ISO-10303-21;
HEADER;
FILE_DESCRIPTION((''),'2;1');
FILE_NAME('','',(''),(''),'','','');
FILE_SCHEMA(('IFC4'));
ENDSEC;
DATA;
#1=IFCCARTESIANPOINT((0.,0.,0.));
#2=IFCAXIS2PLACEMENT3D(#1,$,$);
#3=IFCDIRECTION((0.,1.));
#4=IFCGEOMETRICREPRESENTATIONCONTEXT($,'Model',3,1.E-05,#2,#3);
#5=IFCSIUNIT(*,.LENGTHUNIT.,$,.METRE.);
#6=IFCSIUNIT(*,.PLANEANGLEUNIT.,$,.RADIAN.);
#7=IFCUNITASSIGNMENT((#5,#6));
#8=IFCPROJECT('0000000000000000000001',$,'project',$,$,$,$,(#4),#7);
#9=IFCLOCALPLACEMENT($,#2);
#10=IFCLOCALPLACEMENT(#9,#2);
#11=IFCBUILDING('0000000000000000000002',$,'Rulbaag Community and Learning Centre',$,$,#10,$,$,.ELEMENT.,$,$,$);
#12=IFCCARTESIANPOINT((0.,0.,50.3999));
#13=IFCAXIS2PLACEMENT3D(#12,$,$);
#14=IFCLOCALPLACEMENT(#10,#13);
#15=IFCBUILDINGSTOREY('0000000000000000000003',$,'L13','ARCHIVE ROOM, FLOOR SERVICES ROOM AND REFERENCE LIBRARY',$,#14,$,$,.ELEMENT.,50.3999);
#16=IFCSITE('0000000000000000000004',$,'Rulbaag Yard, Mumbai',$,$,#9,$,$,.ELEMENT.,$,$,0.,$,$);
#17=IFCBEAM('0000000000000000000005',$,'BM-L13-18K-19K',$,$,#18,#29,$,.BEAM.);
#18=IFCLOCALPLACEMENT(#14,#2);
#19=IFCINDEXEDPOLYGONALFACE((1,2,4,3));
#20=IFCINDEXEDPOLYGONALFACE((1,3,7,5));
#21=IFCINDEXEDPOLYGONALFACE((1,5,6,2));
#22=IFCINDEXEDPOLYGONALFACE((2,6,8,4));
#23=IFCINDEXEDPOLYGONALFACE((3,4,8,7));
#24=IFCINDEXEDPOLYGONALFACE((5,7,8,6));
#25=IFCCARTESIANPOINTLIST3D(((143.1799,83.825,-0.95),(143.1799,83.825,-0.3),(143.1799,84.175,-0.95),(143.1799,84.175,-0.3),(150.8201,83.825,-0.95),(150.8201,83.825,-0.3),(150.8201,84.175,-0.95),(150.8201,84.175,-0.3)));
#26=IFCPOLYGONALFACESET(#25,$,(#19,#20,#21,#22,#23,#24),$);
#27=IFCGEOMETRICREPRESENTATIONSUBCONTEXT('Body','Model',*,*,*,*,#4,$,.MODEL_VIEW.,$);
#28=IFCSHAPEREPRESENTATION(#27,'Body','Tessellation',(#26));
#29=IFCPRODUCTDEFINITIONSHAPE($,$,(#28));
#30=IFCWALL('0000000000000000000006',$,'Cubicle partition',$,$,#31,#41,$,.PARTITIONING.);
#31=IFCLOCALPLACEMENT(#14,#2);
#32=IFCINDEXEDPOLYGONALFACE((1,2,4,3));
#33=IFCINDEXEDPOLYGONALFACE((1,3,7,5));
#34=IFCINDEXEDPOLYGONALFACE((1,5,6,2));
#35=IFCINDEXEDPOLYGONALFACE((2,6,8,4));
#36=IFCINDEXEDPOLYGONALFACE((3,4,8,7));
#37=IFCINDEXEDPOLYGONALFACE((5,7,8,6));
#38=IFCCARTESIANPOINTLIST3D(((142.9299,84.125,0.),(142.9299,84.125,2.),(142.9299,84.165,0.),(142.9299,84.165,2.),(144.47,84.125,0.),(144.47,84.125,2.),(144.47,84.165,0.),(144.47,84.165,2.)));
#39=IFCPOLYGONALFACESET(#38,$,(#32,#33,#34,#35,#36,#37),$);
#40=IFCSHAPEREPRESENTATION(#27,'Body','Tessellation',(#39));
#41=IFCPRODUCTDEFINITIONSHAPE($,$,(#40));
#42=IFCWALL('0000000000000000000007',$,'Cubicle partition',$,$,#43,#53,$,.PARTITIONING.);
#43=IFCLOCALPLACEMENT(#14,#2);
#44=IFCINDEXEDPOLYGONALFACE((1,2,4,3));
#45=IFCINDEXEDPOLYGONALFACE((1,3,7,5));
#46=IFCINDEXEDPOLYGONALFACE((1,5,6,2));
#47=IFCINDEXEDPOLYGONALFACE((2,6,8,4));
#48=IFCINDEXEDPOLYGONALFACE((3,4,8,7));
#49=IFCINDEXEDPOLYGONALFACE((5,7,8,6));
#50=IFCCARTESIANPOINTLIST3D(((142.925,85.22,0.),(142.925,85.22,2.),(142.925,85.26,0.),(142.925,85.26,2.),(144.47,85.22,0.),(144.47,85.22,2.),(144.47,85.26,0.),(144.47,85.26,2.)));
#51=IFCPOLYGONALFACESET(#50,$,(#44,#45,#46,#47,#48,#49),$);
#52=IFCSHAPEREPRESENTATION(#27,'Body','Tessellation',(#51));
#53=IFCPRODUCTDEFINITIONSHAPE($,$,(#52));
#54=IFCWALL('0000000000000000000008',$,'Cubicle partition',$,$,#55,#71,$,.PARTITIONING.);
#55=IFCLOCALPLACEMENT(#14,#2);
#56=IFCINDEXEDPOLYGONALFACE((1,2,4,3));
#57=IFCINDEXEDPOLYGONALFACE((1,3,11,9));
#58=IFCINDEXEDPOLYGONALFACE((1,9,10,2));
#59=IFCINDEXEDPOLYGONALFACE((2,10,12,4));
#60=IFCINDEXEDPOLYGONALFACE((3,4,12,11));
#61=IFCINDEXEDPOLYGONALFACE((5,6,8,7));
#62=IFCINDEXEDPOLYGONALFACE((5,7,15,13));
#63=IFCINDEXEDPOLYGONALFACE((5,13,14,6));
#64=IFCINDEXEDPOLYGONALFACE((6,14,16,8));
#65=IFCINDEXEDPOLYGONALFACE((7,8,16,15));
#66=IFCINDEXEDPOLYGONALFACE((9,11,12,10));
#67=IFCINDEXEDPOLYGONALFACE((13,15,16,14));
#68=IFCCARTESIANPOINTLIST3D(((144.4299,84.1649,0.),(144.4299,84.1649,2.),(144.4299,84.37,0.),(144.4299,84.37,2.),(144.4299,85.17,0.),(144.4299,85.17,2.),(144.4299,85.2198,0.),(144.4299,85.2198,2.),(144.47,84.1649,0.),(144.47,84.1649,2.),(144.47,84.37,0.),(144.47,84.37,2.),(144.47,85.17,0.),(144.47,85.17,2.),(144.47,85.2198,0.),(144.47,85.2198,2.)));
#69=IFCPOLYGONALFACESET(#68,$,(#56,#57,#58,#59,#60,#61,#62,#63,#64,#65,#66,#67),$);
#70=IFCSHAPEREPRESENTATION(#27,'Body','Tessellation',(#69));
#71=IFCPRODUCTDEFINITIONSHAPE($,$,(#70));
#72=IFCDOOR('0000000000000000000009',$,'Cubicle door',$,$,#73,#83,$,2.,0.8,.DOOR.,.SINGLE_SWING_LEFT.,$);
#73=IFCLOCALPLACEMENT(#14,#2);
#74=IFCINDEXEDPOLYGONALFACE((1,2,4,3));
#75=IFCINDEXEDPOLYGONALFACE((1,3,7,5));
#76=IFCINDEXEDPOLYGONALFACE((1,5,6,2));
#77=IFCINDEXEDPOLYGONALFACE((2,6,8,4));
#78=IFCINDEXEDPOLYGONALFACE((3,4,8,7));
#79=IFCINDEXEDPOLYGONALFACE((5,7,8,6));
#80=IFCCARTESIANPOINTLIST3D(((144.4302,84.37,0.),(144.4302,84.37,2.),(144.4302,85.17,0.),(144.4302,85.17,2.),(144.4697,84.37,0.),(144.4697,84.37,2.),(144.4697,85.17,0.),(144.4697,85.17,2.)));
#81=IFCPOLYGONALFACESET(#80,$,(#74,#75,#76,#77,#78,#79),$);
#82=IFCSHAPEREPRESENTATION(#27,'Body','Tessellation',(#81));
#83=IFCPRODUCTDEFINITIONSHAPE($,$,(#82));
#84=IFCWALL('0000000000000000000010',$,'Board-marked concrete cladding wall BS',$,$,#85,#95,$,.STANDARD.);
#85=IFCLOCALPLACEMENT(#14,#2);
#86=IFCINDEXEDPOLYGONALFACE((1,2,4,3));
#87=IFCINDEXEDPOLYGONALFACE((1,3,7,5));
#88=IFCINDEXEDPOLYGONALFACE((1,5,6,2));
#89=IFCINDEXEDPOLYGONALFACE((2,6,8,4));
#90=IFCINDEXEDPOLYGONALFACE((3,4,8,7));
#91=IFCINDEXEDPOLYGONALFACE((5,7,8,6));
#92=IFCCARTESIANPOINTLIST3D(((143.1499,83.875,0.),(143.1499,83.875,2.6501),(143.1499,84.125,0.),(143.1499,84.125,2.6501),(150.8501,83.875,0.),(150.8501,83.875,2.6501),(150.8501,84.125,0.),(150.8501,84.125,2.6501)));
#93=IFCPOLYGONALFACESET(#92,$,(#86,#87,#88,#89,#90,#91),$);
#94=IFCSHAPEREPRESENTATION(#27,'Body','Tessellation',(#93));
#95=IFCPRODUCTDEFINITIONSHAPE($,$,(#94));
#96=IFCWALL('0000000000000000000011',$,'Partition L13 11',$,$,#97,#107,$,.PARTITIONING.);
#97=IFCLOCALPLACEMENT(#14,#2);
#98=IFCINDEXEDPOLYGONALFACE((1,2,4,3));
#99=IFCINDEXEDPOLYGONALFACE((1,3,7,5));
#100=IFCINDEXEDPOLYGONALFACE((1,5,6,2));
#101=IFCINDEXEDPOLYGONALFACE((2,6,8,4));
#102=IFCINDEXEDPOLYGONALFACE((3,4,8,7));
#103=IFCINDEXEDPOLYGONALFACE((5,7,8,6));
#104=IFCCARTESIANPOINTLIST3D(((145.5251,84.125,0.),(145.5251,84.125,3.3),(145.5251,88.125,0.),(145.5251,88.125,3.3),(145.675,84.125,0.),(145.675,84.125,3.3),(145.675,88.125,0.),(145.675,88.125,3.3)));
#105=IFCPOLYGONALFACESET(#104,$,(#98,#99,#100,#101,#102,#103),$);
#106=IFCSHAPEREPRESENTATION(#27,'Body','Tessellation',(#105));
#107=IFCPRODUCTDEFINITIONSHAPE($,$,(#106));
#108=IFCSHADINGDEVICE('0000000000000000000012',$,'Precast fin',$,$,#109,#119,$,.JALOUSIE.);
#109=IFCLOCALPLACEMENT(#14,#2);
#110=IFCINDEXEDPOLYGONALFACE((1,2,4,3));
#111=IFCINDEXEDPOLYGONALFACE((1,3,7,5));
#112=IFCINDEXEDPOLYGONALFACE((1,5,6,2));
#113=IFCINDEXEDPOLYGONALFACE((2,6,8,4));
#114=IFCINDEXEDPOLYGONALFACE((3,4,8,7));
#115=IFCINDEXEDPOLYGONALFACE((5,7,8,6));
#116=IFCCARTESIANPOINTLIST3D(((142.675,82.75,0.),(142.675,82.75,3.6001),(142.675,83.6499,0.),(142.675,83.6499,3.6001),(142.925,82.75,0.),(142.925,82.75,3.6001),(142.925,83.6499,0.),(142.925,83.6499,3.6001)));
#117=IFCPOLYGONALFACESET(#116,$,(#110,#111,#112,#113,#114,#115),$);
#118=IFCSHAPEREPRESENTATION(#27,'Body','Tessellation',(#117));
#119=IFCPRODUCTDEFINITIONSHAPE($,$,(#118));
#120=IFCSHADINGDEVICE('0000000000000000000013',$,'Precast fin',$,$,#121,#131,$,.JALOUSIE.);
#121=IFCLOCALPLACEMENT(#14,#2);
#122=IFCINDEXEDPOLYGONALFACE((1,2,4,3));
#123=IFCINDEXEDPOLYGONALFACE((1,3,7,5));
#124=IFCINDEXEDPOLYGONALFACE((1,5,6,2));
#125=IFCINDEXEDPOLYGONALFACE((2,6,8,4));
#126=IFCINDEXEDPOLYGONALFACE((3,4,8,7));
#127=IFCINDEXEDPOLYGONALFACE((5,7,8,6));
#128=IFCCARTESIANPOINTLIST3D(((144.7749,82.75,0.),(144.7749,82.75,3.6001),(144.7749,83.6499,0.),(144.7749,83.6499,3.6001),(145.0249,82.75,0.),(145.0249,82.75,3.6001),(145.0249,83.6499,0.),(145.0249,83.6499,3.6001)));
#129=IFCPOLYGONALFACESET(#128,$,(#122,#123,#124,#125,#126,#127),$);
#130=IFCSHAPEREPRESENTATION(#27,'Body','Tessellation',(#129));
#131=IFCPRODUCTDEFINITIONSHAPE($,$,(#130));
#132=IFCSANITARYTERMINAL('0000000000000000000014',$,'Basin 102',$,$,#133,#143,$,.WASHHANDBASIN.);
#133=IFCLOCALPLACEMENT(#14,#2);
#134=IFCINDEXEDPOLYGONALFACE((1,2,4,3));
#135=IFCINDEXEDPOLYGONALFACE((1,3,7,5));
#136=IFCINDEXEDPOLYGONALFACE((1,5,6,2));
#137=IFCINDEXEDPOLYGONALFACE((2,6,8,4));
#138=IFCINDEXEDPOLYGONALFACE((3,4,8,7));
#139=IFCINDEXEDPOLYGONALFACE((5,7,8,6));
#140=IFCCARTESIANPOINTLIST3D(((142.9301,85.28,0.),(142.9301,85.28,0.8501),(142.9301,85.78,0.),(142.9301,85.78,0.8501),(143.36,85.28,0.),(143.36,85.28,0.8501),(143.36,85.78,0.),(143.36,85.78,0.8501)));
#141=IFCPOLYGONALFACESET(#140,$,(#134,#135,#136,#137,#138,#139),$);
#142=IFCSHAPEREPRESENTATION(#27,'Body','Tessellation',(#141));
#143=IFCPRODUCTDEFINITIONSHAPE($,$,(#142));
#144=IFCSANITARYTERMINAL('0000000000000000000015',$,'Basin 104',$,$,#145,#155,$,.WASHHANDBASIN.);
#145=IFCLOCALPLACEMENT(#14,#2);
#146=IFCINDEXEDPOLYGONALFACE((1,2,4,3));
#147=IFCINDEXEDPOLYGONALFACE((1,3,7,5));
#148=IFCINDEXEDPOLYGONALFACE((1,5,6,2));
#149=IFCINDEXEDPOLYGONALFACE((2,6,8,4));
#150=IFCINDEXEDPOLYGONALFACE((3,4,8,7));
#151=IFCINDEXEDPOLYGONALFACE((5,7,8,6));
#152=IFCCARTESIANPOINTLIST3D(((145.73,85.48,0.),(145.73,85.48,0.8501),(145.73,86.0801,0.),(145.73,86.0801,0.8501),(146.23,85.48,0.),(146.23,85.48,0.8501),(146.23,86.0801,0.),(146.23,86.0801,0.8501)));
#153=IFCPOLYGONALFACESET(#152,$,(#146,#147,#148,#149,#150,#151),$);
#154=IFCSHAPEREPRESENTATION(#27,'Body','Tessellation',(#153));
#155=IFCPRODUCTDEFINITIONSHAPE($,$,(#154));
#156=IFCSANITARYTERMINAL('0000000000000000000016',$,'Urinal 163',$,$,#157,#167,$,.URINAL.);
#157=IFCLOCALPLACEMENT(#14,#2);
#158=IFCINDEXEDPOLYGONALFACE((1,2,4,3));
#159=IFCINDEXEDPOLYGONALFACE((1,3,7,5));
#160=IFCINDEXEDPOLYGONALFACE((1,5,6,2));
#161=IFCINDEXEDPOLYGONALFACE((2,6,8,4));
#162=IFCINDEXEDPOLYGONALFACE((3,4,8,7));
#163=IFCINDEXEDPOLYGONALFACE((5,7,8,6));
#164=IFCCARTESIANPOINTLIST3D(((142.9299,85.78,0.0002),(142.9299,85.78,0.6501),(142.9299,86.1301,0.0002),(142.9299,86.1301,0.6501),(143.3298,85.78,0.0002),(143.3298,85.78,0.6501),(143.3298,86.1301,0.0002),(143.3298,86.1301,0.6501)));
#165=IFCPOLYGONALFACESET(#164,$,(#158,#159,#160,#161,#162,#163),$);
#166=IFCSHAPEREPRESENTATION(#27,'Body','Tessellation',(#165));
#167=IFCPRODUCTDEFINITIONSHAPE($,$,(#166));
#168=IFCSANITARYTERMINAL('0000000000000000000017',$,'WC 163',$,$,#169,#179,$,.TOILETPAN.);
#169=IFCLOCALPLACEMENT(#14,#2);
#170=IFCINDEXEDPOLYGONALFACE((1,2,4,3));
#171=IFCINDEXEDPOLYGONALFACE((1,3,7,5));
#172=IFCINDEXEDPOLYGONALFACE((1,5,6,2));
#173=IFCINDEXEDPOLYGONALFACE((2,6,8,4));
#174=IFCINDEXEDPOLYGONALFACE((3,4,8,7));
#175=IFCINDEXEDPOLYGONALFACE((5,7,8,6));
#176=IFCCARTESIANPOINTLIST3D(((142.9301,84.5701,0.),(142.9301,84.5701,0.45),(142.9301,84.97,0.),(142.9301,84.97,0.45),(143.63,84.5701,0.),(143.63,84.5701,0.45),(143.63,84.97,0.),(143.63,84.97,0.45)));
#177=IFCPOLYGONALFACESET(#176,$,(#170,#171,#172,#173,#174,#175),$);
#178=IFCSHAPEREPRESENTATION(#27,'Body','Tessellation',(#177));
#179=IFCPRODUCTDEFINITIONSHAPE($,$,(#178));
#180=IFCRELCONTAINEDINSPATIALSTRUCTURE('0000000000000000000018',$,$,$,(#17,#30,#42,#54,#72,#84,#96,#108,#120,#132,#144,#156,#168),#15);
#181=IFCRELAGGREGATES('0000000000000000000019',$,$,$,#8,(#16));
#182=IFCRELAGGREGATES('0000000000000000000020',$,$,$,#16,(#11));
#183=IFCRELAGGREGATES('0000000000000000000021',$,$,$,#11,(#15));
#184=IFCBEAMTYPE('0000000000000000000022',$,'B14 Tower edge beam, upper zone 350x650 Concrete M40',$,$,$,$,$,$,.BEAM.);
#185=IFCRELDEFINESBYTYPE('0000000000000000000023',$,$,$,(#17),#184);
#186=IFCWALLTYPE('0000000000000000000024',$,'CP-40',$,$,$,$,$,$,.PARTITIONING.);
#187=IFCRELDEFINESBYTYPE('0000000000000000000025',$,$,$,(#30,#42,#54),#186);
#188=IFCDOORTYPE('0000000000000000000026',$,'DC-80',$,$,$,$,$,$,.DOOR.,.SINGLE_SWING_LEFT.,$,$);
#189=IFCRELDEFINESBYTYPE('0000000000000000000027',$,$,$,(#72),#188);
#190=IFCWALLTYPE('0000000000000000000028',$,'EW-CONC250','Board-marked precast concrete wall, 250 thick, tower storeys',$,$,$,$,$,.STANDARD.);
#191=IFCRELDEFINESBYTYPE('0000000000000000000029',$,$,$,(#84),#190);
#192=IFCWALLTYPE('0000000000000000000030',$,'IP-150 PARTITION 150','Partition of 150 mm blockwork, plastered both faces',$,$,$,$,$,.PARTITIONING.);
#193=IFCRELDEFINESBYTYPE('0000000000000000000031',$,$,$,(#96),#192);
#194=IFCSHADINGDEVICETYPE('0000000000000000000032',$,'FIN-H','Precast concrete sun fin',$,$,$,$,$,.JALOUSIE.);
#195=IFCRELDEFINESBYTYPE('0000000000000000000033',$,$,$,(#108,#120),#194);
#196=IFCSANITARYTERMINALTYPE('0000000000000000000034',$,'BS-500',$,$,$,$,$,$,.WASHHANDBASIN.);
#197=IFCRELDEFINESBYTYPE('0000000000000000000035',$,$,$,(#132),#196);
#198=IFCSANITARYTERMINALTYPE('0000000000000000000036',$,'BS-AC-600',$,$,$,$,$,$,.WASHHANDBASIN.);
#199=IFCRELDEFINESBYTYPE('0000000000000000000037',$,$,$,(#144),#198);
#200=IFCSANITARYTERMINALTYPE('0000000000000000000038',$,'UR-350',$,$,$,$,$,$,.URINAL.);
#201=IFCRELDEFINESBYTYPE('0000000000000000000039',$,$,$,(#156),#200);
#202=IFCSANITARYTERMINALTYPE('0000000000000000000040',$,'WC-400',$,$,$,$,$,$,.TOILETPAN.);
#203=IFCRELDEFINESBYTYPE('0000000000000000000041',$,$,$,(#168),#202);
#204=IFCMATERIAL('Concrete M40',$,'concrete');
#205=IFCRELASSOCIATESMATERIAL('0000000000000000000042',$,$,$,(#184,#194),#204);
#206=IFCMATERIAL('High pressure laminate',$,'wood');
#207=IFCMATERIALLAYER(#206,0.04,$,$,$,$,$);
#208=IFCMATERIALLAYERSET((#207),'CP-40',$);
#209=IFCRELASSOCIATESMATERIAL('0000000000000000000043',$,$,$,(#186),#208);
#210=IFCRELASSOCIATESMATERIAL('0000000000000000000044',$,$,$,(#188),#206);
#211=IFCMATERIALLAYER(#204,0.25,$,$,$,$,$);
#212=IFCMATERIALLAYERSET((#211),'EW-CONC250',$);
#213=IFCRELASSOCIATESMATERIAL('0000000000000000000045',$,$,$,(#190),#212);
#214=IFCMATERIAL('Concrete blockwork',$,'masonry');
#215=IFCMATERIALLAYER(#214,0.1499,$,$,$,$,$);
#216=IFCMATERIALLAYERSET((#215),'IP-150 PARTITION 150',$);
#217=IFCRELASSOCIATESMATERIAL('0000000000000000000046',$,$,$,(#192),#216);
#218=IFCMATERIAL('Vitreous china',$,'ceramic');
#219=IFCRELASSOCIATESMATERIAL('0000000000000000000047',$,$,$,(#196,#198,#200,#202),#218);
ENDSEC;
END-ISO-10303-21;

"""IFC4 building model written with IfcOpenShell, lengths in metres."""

from ifc_helpers import new_model, si_unit, direction, frame, frame_2d, origin, origin_2d, place, context, subcontext, project, spatial, rectangle, extrude, material, layer, layer_set, material_profile, profile_set, type_object, element, fill, save


model = new_model("IFC4")

# Units and contexts
model_context = context("Model", 3, precision=1e-05, world=origin(), true_north=direction((0.0, 1.0)))
body_context = subcontext(model_context, "Body", "Model", "MODEL_VIEW")
ifc_project = project(units=[si_unit("LENGTHUNIT", "METRE"), si_unit("PLANEANGLEUNIT", "RADIAN")], contexts=[model_context])

# Site, building, storey
site_placement = place(None, origin())
site = spatial("IfcSite", under=ifc_project, at=site_placement, Name="Rulbaag Yard, Mumbai", CompositionType="ELEMENT", RefElevation=0.0)
building_placement = place(site_placement, origin())
building = spatial("IfcBuilding", under=site, at=building_placement, Name="Rulbaag Community and Learning Centre", CompositionType="ELEMENT")
storey_placement = place(building_placement, frame((0.0, 0.0, 50.3999)))
storey = spatial("IfcBuildingStorey", under=building, at=storey_placement, Name="L13", Description="ARCHIVE ROOM, FLOOR SERVICES ROOM AND REFERENCE LIBRARY", CompositionType="ELEMENT", Elevation=50.3999)

# Beam
ifc_material_1 = material(Name="Concrete M40", Category="concrete")
ifc_material_profile_1 = material_profile(ifc_material_1, rectangle(XDim=0.3501, YDim=0.6499, at=origin_2d()), Name="RB350x650")
ifc_profile_set_1 = profile_set([ifc_material_profile_1], Name="Concrete M40")
beam_type = type_object("IfcBeamType", Name="B14 Tower edge beam, upper zone 350x650 Concrete M40", PredefinedType="BEAM", material=ifc_profile_set_1)
beam_placement = place(storey_placement, frame((143.1799, 84.0, -0.625), z_axis=(1.0, 0.0, 0.0), x_axis=(0.0, 1.0, 0.0)))
element("IfcBeam", 1, at=beam_placement, inside=storey, type_object=beam_type, Name="BM-L13-18K-19K", PredefinedType="BEAM", context=body_context, shape_type="SweptSolid", body=[
    extrude(rectangle(XDim=0.3501, YDim=0.6499, at=origin_2d()), origin(), (0.0, 0.0, 1.0), 7.6401),
])

# Walls
ifc_material_2 = material(Name="High pressure laminate", Category="wood")
ifc_layer_1 = layer(ifc_material_2, 0.04)
ifc_layer_set_1 = layer_set([ifc_layer_1], Name="CP-40")
wall_type_1 = type_object("IfcWallType", Name="CP-40", PredefinedType="PARTITIONING", material=ifc_layer_set_1)
wall_1_placement = place(storey_placement, frame((142.9299, 84.145, 0.0), z_axis=(0.0, 0.0, 1.0), x_axis=(1.0, 0.0, 0.0)))
element("IfcWall", 2, at=wall_1_placement, inside=storey, type_object=wall_type_1, Name="Cubicle partition", PredefinedType="PARTITIONING", context=body_context, shape_type="SweptSolid", body=[
    extrude(rectangle(XDim=1.54, YDim=0.04, at=frame_2d((0.77, 0.0))), origin(), (0.0, 0.0, 1.0), 2.0),
])
wall_2_placement = place(storey_placement, frame((142.925, 85.24, 0.0), z_axis=(0.0, 0.0, 1.0), x_axis=(1.0, 0.0, 0.0)))
element("IfcWall", 3, at=wall_2_placement, inside=storey, type_object=wall_type_1, Name="Cubicle partition", PredefinedType="PARTITIONING", context=body_context, shape_type="SweptSolid", body=[
    extrude(rectangle(XDim=1.5449, YDim=0.04, at=frame_2d((0.7725, 0.0))), origin(), (0.0, 0.0, 1.0), 2.0),
])

# Wall, opening, door
wall_3_placement = place(storey_placement, frame((144.45, 84.165, 0.0), z_axis=(0.0, 0.0, 1.0), x_axis=(0.0, 1.0, 0.0)))
wall_3 = element("IfcWall", 4, at=wall_3_placement, inside=storey, type_object=wall_type_1, Name="Cubicle partition", PredefinedType="PARTITIONING", context=body_context, shape_type="SweptSolid", body=[
    extrude(rectangle(XDim=1.0549, YDim=0.04, at=frame_2d((0.5273, 0.0))), origin(), (0.0, 0.0, 1.0), 2.0),
])
opening_placement = place(wall_3_placement, frame((0.2051, 0.0, 0.0)))
opening = element("IfcOpeningElement", 5, at=opening_placement, cuts=wall_3, PredefinedType="OPENING", context=body_context, shape_type="SweptSolid", body=[
    extrude(rectangle(XDim=0.8, YDim=2.0, at=frame_2d((0.3999, 1.0))), frame((0.0, 0.03, 0.0), z_axis=(0.0, -1.0, 0.0), x_axis=(1.0, 0.0, 0.0)), (0.0, 0.0, 1.0), 0.0601),
])
door_type = type_object("IfcDoorType", Name="DC-80", OperationType="SINGLE_SWING_LEFT", PredefinedType="DOOR", material=ifc_material_2)
door_placement = place(opening_placement, origin())
door = element("IfcDoor", 6, at=door_placement, inside=storey, type_object=door_type, Name="Cubicle door", OperationType="SINGLE_SWING_LEFT", OverallHeight=2.0, OverallWidth=0.8, PredefinedType="DOOR", context=body_context, shape_type="SweptSolid", body=[
    extrude(rectangle(XDim=0.8, YDim=2.0, at=frame_2d((0.3999, 1.0))), frame((0.0, 0.0198, 0.0), z_axis=(0.0, -1.0, 0.0), x_axis=(1.0, 0.0, 0.0)), (0.0, 0.0, 1.0), 0.0396),
])
fill(opening, door)

# Walls
ifc_layer_2 = layer(ifc_material_1, 0.25)
ifc_layer_set_2 = layer_set([ifc_layer_2], Name="EW-CONC250")
wall_type_2 = type_object("IfcWallType", Name="EW-CONC250", Description="Board-marked precast concrete wall, 250 thick, tower storeys", PredefinedType="STANDARD", material=ifc_layer_set_2)
wall_4_placement = place(storey_placement, frame((143.1499, 84.0, 0.0), z_axis=(0.0, 0.0, 1.0), x_axis=(1.0, 0.0, 0.0)))
element("IfcWall", 7, at=wall_4_placement, inside=storey, type_object=wall_type_2, Name="Board-marked concrete cladding wall BS", PredefinedType="STANDARD", context=body_context, shape_type="SweptSolid", body=[
    extrude(rectangle(XDim=7.7002, YDim=0.25, at=frame_2d((3.8501, 0.0))), origin(), (0.0, 0.0, 1.0), 2.6501),
])
ifc_material_3 = material(Name="Concrete blockwork", Category="masonry")
ifc_layer_3 = layer(ifc_material_3, 0.1499)
ifc_layer_set_3 = layer_set([ifc_layer_3], Name="IP-150 PARTITION 150")
wall_type_3 = type_object("IfcWallType", Name="IP-150 PARTITION 150", Description="Partition of 150 mm blockwork, plastered both faces", PredefinedType="PARTITIONING", material=ifc_layer_set_3)
wall_5_placement = place(storey_placement, frame((145.6001, 84.125, 0.0), z_axis=(0.0, 0.0, 1.0), x_axis=(0.0, 1.0, 0.0)))
element("IfcWall", 8, at=wall_5_placement, inside=storey, type_object=wall_type_3, Name="Partition L13 11", PredefinedType="PARTITIONING", context=body_context, shape_type="SweptSolid", body=[
    extrude(rectangle(XDim=4.0, YDim=0.1499, at=frame_2d((2.0, 0.0))), origin(), (0.0, 0.0, 1.0), 3.3),
])

# Shading devices
ifc_material_profile_2 = material_profile(ifc_material_1, rectangle(XDim=0.25, YDim=0.8999, at=origin_2d()), Name="PC 250x900")
ifc_profile_set_2 = profile_set([ifc_material_profile_2], Name="Concrete M40")
shading_device_type = type_object("IfcShadingDeviceType", Name="FIN-H", Description="Precast concrete sun fin", PredefinedType="JALOUSIE", material=ifc_profile_set_2)
for number, where, z_axis, x_axis, name in (
    (9, (142.8, 83.2, 0.0), (0.0, 0.0, 1.0), (1.0, 0.0, 0.0), "Precast fin"),
    (10, (144.8999, 83.2, 0.0), (0.0, 0.0, 1.0), (1.0, 0.0, 0.0), "Precast fin"),
):
    element("IfcShadingDevice", number, at=place(storey_placement, frame(where, z_axis=z_axis, x_axis=x_axis)), inside=storey, type_object=shading_device_type, Name=name, PredefinedType="JALOUSIE", context=body_context, shape_type="SweptSolid", body=[
        extrude(rectangle(XDim=0.25, YDim=0.8999, at=origin_2d()), origin(), (0.0, 0.0, 1.0), 3.6001),
    ])

# Sanitary terminals
ifc_material_4 = material(Name="Vitreous china", Category="ceramic")
sanitary_terminal_type_1 = type_object("IfcSanitaryTerminalType", Name="BS-500", PredefinedType="WASHHANDBASIN", material=ifc_material_4)
sanitary_terminal_1_placement = place(storey_placement, frame((143.145, 85.53, 0.0), z_axis=(0.0, 0.0, 1.0), x_axis=(1.0, 0.0, 0.0)))
element("IfcSanitaryTerminal", 11, at=sanitary_terminal_1_placement, inside=storey, type_object=sanitary_terminal_type_1, Name="Basin 102", PredefinedType="WASHHANDBASIN", context=body_context, shape_type="SweptSolid", body=[
    extrude(rectangle(XDim=0.4299, YDim=0.5, at=origin_2d()), origin(), (0.0, 0.0, 1.0), 0.8501),
])
sanitary_terminal_type_2 = type_object("IfcSanitaryTerminalType", Name="BS-AC-600", PredefinedType="WASHHANDBASIN", material=ifc_material_4)
sanitary_terminal_2_placement = place(storey_placement, frame((145.98, 85.78, 0.0), z_axis=(0.0, 0.0, 1.0), x_axis=(1.0, 0.0, 0.0)))
element("IfcSanitaryTerminal", 12, at=sanitary_terminal_2_placement, inside=storey, type_object=sanitary_terminal_type_2, Name="Basin 104", PredefinedType="WASHHANDBASIN", context=body_context, shape_type="SweptSolid", body=[
    extrude(rectangle(XDim=0.5, YDim=0.6001, at=origin_2d()), origin(), (0.0, 0.0, 1.0), 0.8501),
])
sanitary_terminal_type_3 = type_object("IfcSanitaryTerminalType", Name="UR-350", PredefinedType="URINAL", material=ifc_material_4)
sanitary_terminal_3_placement = place(storey_placement, frame((143.1299, 85.9551, 0.0002), z_axis=(0.0, 0.0, 1.0), x_axis=(1.0, 0.0, 0.0)))
element("IfcSanitaryTerminal", 13, at=sanitary_terminal_3_placement, inside=storey, type_object=sanitary_terminal_type_3, Name="Urinal 163", PredefinedType="URINAL", context=body_context, shape_type="SweptSolid", body=[
    extrude(rectangle(XDim=0.3999, YDim=0.3501, at=origin_2d()), origin(), (0.0, 0.0, 1.0), 0.6499),
])
sanitary_terminal_type_4 = type_object("IfcSanitaryTerminalType", Name="WC-400", PredefinedType="TOILETPAN", material=ifc_material_4)
sanitary_terminal_4_placement = place(storey_placement, frame((143.28, 84.77, 0.0), z_axis=(0.0, 0.0, 1.0), x_axis=(1.0, 0.0, 0.0)))
element("IfcSanitaryTerminal", 14, at=sanitary_terminal_4_placement, inside=storey, type_object=sanitary_terminal_type_4, Name="WC 163", PredefinedType="TOILETPAN", context=body_context, shape_type="SweptSolid", body=[
    extrude(rectangle(XDim=0.7, YDim=0.3999, at=origin_2d()), origin(), (0.0, 0.0, 1.0), 0.45),
])

save(model, "model.ifc")
